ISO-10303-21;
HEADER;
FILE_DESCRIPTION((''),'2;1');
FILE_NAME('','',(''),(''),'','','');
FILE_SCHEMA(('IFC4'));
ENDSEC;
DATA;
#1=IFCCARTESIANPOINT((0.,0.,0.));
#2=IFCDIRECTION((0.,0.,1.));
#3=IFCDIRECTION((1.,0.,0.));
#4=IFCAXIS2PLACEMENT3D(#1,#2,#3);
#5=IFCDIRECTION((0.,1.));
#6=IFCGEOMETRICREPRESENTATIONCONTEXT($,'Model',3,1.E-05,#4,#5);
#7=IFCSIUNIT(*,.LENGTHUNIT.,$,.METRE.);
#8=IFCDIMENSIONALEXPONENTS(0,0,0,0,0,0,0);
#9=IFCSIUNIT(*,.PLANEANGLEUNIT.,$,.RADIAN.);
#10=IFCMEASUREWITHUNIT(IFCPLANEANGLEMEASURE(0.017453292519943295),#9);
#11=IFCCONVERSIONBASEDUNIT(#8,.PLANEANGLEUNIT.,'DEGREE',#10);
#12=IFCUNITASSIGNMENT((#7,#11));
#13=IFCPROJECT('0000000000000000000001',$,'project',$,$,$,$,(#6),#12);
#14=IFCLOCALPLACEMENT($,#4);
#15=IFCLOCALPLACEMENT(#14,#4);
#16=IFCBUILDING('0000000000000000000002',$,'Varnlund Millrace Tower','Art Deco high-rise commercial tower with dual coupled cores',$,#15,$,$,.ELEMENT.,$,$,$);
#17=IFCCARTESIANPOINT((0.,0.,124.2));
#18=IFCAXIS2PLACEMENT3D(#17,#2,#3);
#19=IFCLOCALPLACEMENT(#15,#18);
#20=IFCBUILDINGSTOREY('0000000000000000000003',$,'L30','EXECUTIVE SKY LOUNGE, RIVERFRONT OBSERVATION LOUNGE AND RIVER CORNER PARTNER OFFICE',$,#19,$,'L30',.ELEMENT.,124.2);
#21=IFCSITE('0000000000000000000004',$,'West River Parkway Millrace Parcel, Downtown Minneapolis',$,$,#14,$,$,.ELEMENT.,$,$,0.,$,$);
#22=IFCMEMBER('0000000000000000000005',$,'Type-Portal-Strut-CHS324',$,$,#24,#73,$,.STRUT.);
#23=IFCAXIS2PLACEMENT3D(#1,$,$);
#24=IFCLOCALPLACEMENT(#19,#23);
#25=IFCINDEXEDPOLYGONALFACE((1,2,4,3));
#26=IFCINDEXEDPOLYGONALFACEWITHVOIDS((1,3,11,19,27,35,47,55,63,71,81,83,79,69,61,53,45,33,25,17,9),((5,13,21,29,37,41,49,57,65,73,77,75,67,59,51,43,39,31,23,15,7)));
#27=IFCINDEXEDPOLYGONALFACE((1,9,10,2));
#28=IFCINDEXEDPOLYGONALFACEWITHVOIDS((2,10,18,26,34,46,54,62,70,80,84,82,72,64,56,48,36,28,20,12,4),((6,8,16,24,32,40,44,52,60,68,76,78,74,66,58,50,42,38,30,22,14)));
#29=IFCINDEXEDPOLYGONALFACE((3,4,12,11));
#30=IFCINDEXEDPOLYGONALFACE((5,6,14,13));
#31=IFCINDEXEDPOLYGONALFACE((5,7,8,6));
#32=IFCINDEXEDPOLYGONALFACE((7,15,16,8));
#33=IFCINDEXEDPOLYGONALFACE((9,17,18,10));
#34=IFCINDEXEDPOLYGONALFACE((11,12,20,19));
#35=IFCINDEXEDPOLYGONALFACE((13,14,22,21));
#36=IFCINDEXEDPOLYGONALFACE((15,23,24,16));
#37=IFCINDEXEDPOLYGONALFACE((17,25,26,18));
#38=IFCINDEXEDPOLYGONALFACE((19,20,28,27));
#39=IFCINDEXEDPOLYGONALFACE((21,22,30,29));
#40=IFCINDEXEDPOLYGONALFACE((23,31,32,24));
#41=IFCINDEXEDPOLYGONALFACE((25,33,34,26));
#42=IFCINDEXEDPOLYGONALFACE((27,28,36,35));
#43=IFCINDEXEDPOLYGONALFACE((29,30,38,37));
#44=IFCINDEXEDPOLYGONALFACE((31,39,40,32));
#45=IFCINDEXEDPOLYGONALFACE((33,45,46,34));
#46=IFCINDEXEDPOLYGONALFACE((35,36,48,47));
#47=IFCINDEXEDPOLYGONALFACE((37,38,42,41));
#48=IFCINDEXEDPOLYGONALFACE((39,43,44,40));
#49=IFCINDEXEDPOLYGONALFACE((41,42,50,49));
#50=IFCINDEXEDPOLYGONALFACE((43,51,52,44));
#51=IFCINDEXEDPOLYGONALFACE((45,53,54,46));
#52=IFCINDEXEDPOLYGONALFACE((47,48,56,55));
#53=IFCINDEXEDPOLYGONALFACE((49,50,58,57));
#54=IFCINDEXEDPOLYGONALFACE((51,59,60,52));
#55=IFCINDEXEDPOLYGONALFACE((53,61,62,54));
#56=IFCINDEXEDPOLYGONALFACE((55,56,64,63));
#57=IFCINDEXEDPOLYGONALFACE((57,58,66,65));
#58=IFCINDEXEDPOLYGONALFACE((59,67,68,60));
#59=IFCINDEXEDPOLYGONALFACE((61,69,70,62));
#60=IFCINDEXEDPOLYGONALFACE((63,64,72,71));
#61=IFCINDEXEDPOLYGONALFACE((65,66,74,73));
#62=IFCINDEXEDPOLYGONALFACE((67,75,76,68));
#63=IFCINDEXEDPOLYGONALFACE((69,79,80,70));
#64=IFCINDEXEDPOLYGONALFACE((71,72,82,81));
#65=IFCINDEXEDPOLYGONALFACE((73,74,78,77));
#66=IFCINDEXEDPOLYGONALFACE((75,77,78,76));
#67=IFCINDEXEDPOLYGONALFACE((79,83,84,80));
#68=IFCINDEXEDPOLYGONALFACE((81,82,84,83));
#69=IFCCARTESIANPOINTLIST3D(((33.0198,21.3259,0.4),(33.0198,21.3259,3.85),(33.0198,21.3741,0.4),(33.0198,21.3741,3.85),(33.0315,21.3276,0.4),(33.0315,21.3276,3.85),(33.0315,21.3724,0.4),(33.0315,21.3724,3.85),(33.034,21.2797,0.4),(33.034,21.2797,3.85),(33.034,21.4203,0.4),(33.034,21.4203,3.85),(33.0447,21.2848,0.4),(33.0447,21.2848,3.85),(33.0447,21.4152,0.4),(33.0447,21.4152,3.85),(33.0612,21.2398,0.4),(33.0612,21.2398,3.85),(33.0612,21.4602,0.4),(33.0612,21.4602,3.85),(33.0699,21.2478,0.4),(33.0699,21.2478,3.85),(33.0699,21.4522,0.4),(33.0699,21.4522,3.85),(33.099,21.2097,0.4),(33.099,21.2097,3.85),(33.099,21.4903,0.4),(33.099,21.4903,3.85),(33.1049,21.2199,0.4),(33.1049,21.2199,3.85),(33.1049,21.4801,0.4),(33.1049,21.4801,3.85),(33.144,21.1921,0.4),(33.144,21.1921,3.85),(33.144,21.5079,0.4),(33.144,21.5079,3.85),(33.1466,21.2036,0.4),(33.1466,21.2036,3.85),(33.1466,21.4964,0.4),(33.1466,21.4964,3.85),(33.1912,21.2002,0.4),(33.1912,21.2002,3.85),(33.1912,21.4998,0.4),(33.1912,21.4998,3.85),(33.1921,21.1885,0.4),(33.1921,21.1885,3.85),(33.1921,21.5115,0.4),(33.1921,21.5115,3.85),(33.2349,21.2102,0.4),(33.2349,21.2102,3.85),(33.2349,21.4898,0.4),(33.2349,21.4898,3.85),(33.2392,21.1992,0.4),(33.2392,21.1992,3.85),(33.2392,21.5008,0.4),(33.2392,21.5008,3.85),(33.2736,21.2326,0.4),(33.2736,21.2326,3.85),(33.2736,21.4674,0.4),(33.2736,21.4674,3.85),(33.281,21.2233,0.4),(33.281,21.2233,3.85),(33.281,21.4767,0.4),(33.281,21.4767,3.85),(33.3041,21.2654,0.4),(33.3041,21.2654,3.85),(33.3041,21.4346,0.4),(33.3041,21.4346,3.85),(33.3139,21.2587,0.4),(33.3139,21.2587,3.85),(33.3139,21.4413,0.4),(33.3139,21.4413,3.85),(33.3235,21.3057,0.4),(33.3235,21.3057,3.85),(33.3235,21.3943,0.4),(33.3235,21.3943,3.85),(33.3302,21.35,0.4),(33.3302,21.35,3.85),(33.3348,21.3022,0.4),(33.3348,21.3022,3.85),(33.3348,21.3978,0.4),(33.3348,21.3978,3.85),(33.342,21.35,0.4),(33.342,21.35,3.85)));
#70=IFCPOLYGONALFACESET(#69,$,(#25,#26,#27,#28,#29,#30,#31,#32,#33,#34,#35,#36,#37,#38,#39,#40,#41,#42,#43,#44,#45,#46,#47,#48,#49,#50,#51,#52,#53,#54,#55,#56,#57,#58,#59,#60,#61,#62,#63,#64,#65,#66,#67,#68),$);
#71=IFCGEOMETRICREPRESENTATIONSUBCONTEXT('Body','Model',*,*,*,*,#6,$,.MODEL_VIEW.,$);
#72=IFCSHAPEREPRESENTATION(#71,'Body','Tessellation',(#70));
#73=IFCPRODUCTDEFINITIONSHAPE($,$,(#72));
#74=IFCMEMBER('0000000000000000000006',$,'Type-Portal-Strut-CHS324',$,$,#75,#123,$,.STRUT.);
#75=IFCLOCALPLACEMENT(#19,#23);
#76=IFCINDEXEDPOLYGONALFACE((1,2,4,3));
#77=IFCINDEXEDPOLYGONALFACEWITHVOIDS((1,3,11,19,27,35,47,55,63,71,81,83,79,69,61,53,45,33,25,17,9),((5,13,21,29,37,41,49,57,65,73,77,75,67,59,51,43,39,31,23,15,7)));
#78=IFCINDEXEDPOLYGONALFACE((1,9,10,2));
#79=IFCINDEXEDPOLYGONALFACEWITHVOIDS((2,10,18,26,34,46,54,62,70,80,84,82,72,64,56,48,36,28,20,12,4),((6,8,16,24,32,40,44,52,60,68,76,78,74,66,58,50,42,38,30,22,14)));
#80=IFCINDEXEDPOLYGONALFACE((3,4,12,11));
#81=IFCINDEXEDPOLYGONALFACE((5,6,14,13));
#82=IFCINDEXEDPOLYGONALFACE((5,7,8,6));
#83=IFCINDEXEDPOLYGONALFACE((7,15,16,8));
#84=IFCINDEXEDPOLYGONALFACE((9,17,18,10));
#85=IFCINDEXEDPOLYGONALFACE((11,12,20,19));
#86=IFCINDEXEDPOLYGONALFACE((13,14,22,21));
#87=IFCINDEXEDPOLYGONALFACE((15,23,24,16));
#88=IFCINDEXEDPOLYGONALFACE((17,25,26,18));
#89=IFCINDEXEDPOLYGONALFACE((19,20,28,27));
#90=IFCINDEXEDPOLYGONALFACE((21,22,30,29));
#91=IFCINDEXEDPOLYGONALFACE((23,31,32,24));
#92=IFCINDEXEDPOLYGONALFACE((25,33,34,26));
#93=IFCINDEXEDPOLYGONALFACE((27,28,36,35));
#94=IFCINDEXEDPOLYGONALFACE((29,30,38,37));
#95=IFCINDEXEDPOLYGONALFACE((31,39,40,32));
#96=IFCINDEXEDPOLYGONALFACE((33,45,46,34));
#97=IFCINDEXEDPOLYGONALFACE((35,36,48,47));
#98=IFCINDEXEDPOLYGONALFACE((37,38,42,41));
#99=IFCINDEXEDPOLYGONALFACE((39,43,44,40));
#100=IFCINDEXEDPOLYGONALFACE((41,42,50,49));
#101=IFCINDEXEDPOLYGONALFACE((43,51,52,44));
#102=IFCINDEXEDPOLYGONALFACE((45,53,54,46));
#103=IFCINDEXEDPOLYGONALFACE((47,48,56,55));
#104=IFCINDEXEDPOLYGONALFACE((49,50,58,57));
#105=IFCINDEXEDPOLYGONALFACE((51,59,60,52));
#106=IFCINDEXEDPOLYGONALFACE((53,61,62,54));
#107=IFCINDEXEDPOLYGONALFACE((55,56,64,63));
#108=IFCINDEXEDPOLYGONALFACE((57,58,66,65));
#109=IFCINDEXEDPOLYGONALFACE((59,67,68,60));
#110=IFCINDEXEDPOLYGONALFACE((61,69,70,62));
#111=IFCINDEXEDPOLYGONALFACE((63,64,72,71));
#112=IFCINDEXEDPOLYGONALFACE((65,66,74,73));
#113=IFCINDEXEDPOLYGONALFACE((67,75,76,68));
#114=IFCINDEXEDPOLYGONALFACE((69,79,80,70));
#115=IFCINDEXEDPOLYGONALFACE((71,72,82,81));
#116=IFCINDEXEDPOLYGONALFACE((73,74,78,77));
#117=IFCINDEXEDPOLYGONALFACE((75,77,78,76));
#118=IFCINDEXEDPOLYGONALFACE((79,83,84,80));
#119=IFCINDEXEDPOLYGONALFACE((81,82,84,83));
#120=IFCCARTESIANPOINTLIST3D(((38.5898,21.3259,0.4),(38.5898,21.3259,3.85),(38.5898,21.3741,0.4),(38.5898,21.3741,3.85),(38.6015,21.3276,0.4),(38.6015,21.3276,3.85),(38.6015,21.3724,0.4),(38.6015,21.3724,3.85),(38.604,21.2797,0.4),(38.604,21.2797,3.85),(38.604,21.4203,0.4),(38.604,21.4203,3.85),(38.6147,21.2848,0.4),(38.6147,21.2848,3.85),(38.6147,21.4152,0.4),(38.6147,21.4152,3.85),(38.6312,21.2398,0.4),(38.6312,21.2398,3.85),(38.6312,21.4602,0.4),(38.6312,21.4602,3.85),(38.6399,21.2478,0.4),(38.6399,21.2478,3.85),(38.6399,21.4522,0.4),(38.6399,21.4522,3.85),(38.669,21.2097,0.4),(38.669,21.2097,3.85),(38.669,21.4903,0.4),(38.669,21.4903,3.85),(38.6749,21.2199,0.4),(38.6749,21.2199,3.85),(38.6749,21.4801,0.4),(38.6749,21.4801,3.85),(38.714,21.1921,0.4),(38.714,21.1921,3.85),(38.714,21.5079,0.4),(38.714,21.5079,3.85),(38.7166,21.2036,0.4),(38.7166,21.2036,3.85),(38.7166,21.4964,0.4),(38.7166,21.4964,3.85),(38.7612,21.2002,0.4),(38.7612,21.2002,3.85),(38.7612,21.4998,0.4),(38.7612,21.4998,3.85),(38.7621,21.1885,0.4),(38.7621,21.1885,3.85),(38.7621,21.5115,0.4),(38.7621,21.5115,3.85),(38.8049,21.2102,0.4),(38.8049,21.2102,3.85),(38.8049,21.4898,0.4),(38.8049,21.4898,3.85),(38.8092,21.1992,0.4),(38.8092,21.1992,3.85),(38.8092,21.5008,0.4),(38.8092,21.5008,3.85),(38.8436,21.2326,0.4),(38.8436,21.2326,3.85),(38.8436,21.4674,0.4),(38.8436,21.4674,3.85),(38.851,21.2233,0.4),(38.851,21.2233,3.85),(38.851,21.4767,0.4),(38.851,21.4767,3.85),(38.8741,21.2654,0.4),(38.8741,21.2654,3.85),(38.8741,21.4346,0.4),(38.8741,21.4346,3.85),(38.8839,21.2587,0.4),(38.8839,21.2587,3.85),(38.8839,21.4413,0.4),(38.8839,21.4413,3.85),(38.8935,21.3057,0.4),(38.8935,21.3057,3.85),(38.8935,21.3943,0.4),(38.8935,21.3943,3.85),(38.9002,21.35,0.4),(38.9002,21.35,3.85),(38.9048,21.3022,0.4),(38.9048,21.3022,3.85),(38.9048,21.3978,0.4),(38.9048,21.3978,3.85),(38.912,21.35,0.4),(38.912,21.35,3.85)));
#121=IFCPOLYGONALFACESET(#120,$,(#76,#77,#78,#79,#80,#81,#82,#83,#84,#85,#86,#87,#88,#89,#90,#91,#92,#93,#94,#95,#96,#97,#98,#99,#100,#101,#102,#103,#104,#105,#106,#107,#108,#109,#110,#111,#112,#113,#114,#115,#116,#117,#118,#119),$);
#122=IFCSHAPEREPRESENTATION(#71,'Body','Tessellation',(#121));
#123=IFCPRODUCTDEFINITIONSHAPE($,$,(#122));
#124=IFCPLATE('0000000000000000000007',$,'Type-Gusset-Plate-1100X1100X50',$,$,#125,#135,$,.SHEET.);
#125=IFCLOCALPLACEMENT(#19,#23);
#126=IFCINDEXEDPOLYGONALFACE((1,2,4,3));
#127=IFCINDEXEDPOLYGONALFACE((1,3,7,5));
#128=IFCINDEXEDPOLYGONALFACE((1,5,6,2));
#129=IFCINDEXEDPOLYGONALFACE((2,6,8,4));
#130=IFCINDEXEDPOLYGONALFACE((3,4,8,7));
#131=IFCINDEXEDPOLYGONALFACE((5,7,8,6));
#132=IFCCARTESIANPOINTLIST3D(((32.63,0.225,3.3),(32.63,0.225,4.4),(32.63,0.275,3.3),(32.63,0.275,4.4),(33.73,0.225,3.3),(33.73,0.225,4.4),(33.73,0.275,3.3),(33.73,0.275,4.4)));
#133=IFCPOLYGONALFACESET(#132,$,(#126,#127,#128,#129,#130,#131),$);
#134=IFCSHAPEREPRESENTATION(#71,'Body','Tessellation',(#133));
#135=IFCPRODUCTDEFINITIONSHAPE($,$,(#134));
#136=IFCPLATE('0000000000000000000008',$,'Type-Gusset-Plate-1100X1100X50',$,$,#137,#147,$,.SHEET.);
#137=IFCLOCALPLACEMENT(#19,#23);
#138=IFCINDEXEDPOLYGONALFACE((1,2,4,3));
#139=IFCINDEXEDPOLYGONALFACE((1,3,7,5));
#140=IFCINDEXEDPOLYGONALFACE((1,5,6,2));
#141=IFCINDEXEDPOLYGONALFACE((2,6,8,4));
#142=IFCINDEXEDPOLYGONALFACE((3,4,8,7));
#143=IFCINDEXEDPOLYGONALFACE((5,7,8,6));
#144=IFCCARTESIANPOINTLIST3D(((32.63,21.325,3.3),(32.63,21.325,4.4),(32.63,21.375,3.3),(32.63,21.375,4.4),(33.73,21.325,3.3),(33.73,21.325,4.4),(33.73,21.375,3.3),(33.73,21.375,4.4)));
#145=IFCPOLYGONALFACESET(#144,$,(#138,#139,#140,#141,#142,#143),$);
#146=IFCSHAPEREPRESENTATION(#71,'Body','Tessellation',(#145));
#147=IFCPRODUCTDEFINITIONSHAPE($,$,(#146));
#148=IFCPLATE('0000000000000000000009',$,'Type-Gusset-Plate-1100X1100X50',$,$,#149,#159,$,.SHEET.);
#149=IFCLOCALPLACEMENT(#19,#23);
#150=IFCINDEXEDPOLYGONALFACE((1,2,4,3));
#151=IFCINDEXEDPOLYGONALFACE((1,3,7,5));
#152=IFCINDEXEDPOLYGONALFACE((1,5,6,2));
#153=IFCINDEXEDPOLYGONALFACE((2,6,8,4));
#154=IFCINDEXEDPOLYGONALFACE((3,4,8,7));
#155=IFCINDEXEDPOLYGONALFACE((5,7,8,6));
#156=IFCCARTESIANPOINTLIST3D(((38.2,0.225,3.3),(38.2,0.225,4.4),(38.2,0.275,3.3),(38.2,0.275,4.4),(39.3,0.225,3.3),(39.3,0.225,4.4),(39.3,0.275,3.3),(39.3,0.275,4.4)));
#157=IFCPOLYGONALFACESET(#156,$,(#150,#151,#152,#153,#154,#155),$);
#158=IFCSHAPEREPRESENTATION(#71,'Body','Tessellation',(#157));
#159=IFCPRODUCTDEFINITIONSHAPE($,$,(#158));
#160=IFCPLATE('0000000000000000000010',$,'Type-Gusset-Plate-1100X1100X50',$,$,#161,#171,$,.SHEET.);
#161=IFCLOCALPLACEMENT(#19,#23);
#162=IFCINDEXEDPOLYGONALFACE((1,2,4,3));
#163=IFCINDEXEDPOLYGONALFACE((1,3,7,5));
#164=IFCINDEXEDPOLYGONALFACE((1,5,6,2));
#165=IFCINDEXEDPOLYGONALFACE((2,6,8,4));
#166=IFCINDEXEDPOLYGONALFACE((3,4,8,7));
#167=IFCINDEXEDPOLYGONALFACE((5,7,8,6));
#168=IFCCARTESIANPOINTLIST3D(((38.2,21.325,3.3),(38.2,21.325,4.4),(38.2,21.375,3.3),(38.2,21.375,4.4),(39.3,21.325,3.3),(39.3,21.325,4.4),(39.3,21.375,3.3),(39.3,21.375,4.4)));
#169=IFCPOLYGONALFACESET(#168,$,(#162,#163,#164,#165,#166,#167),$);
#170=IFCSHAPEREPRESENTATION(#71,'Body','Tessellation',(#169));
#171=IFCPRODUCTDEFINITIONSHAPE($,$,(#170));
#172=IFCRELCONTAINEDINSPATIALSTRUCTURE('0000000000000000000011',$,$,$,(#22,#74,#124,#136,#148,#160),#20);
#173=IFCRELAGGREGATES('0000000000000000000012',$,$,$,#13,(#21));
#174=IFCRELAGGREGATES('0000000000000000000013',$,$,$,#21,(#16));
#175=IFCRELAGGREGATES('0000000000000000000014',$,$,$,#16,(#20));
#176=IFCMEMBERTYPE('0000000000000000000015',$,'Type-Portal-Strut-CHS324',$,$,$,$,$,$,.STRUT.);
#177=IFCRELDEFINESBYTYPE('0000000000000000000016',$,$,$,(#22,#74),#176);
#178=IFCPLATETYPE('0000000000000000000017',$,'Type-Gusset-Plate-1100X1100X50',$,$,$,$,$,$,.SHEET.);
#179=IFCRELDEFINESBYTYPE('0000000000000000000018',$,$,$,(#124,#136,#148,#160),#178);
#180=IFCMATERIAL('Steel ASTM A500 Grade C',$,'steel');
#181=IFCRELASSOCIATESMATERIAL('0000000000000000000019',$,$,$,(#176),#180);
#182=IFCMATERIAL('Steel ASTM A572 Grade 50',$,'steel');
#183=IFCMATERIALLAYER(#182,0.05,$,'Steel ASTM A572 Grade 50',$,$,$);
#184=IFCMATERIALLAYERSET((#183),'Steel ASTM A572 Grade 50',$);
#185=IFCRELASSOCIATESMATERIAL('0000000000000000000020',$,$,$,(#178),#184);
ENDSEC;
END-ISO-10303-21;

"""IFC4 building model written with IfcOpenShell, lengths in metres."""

from ifc_helpers import new_model, entity, si_unit, converted_unit, direction, frame, origin_with_axes, origin_2d_with_axis, place, context, subcontext, project, spatial, rectangle, hollow_circle, extrude, material, layer, layer_set, material_profile, profile_set, type_object, element, save


model = new_model("IFC4")

# Units and contexts
model_context = context("Model", 3, precision=1e-05, world=origin_with_axes(), true_north=direction((0.0, 1.0)))
body_context = subcontext(model_context, "Body", "Model", "MODEL_VIEW")
ifc_project = project(units=[si_unit("LENGTHUNIT", "METRE"), converted_unit("PLANEANGLEUNIT", "DEGREE", entity("IfcPlaneAngleMeasure", 0.017453292519943295), si_unit("PLANEANGLEUNIT", "RADIAN"), dimensions=[0, 0, 0, 0, 0, 0, 0])], contexts=[model_context])

# Site, building, storey
site_placement = place(None, origin_with_axes())
site = spatial("IfcSite", under=ifc_project, at=site_placement, Name="West River Parkway Millrace Parcel, Downtown Minneapolis", CompositionType="ELEMENT", RefElevation=0.0)
building_placement = place(site_placement, origin_with_axes())
building = spatial("IfcBuilding", under=site, at=building_placement, Name="Varnlund Millrace Tower", Description="Art Deco high-rise commercial tower with dual coupled cores", CompositionType="ELEMENT")
storey_placement = place(building_placement, frame((0.0, 0.0, 124.2), z_axis=(0.0, 0.0, 1.0), x_axis=(1.0, 0.0, 0.0)))
storey = spatial("IfcBuildingStorey", under=building, at=storey_placement, Name="L30", Description="EXECUTIVE SKY LOUNGE, RIVERFRONT OBSERVATION LOUNGE AND RIVER CORNER PARTNER OFFICE", LongName="L30", CompositionType="ELEMENT", Elevation=124.2)

# Members
ifc_material_1 = material(Name="Steel ASTM A500 Grade C", Category="steel")
ifc_material_profile_1 = material_profile(ifc_material_1, hollow_circle(Radius=0.162, WallThickness=0.0118, at=origin_2d_with_axis()), Name="Steel ASTM A500 Grade C")
ifc_profile_set_1 = profile_set([ifc_material_profile_1], Name="Steel ASTM A500 Grade C")
member_type_1 = type_object("IfcMemberType", Name="Type-Portal-Strut-CHS324", PredefinedType="STRUT", material=ifc_profile_set_1)
for number, where, z_axis, x_axis, name in (
    (1, (33.18, 21.35, 0.4), (0.0, 0.0, 1.0), (1.0, 0.0, 0.0), "Type-Portal-Strut-CHS324"),
    (2, (38.75, 21.35, 0.4), (0.0, 0.0, 1.0), (1.0, 0.0, 0.0), "Type-Portal-Strut-CHS324"),
):
    element("IfcMember", number, at=place(storey_placement, frame(where, z_axis=z_axis, x_axis=x_axis)), inside=storey, type_object=member_type_1, Name=name, PredefinedType="STRUT", context=body_context, shape_type="SweptSolid", body=[
        extrude(hollow_circle(Radius=0.162, WallThickness=0.0118, at=origin_2d_with_axis()), origin_with_axes(), (0.0, 0.0, 1.0), 3.45),
    ])

# Plates
ifc_material_2 = material(Name="Steel ASTM A572 Grade 50", Category="steel")
ifc_layer = layer(ifc_material_2, 0.05, Name="Steel ASTM A572 Grade 50")
ifc_layer_set = layer_set([ifc_layer], Name="Steel ASTM A572 Grade 50")
plate_type = type_object("IfcPlateType", Name="Type-Gusset-Plate-1100X1100X50", PredefinedType="SHEET", material=ifc_layer_set)
for number, where, z_axis, x_axis, name in (
    (3, (33.18, 0.25, 3.3), (0.0, 0.0, 1.0), (1.0, 0.0, 0.0), "Type-Gusset-Plate-1100X1100X50"),
    (4, (33.18, 21.35, 3.3), (0.0, 0.0, 1.0), (1.0, 0.0, 0.0), "Type-Gusset-Plate-1100X1100X50"),
    (5, (38.75, 0.25, 3.3), (0.0, 0.0, 1.0), (1.0, 0.0, 0.0), "Type-Gusset-Plate-1100X1100X50"),
    (6, (38.75, 21.35, 3.3), (0.0, 0.0, 1.0), (1.0, 0.0, 0.0), "Type-Gusset-Plate-1100X1100X50"),
):
    element("IfcPlate", number, at=place(storey_placement, frame(where, z_axis=z_axis, x_axis=x_axis)), inside=storey, type_object=plate_type, Name=name, PredefinedType="SHEET", context=body_context, shape_type="SweptSolid", body=[
        extrude(rectangle(XDim=1.1, YDim=0.05, at=origin_2d_with_axis()), origin_with_axes(), (0.0, 0.0, 1.0), 1.1),
    ])

save(model, "model.ifc")
